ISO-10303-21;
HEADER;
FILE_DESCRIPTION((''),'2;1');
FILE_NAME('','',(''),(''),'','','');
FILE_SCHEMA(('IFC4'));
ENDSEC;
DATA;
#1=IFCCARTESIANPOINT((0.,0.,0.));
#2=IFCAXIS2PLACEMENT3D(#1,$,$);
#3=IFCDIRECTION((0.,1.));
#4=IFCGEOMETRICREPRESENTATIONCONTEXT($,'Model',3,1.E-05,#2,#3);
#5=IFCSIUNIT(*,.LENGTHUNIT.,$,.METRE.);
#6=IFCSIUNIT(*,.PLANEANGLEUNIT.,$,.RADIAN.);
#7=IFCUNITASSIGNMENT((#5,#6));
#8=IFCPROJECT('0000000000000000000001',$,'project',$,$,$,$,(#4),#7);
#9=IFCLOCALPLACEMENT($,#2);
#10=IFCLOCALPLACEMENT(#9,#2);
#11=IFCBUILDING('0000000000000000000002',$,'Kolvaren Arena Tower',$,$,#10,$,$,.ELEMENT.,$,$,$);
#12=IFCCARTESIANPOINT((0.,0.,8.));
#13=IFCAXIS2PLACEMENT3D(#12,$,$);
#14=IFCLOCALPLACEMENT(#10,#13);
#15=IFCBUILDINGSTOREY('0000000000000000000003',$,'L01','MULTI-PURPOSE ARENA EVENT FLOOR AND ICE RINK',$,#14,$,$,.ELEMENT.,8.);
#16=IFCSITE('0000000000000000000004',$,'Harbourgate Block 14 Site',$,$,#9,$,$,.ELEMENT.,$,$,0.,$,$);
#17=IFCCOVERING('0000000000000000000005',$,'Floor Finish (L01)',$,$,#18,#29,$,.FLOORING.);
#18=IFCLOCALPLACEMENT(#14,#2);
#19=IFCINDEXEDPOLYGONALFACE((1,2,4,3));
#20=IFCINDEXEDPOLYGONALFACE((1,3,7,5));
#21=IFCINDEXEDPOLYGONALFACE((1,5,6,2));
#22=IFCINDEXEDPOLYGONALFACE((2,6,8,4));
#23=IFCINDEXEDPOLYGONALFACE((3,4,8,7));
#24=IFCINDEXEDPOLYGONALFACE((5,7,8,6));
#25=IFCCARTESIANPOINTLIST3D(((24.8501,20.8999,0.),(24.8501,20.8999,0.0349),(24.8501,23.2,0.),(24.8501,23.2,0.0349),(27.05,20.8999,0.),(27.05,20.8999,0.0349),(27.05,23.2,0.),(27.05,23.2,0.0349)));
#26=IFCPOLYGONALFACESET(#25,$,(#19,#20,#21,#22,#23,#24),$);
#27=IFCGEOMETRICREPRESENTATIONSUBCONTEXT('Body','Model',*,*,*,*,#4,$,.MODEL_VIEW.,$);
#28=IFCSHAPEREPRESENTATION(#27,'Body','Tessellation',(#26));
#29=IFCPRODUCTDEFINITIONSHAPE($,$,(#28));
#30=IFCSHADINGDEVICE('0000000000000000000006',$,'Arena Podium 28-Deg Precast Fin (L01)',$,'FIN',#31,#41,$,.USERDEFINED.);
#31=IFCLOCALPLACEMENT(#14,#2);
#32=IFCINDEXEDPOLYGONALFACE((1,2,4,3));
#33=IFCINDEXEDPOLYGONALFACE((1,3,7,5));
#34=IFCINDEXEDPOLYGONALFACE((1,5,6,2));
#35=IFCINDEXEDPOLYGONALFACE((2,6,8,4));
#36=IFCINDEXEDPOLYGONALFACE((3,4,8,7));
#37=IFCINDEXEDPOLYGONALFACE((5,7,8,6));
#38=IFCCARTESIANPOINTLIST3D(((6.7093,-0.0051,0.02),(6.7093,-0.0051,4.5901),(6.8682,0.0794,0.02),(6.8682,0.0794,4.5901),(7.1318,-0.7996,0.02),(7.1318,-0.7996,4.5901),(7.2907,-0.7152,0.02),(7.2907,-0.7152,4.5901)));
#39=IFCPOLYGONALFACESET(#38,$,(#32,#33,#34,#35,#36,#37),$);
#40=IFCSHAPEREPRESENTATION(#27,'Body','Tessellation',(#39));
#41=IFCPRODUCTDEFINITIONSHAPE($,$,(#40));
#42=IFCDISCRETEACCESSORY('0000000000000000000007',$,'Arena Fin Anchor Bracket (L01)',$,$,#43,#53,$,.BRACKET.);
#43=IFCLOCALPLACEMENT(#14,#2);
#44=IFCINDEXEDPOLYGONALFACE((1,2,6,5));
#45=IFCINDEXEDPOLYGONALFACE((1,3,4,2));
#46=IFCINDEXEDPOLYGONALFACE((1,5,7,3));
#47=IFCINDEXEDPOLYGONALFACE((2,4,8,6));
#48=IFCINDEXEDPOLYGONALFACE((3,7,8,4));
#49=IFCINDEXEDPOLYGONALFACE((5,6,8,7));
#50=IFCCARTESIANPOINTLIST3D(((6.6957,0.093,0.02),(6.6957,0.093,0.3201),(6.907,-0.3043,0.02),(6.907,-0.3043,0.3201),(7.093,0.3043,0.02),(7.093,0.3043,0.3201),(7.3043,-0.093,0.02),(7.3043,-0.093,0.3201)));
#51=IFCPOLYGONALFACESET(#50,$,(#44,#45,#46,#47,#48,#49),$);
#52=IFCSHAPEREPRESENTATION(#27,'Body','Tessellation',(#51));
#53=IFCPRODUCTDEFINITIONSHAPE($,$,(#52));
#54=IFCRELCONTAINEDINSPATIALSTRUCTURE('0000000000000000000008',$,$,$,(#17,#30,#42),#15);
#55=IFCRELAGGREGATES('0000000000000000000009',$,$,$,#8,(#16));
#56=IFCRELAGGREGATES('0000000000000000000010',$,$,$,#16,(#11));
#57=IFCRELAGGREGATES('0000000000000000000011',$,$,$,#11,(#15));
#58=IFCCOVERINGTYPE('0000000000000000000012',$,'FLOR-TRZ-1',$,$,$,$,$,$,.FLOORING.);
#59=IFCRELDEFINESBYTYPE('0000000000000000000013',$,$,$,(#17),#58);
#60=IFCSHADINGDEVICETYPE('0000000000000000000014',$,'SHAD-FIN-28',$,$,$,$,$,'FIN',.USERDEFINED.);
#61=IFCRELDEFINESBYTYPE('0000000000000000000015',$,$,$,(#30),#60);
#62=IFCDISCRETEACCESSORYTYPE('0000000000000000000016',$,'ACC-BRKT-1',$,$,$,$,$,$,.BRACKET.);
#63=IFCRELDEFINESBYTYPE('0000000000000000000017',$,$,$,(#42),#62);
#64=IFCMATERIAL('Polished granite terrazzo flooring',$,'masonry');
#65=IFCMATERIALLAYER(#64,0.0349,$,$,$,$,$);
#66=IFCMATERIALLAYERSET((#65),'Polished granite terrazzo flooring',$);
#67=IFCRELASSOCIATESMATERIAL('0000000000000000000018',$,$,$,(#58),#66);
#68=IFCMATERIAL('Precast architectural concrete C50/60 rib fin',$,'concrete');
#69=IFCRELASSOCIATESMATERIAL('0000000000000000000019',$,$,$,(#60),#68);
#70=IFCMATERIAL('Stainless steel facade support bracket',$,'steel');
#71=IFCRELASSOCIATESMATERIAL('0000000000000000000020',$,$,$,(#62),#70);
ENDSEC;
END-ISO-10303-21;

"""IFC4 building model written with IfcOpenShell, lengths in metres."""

from ifc_helpers import new_model, si_unit, direction, frame, origin, origin_2d, place, context, subcontext, project, spatial, polyline, rectangle, outline, extrude, material, layer, layer_set, type_object, element, save


model = new_model("IFC4")

# Units and contexts
model_context = context("Model", 3, precision=1e-05, world=origin(), true_north=direction((0.0, 1.0)))
body_context = subcontext(model_context, "Body", "Model", "MODEL_VIEW")
ifc_project = project(units=[si_unit("LENGTHUNIT", "METRE"), si_unit("PLANEANGLEUNIT", "RADIAN")], contexts=[model_context])

# Site, building, storey
site_placement = place(None, origin())
site = spatial("IfcSite", under=ifc_project, at=site_placement, Name="Harbourgate Block 14 Site", CompositionType="ELEMENT", RefElevation=0.0)
building_placement = place(site_placement, origin())
building = spatial("IfcBuilding", under=site, at=building_placement, Name="Kolvaren Arena Tower", CompositionType="ELEMENT")
storey_placement = place(building_placement, frame((0.0, 0.0, 8.0)))
storey = spatial("IfcBuildingStorey", under=building, at=storey_placement, Name="L01", Description="MULTI-PURPOSE ARENA EVENT FLOOR AND ICE RINK", CompositionType="ELEMENT", Elevation=8.0)

# Covering
ifc_material_1 = material(Name="Polished granite terrazzo flooring", Category="masonry")
ifc_layer_1 = layer(ifc_material_1, 0.0349)
ifc_layer_set_1 = layer_set([ifc_layer_1], Name="Polished granite terrazzo flooring")
covering_type_1 = type_object("IfcCoveringType", Name="FLOR-TRZ-1", PredefinedType="FLOORING", material=ifc_layer_set_1)
covering_1_placement = place(storey_placement, origin())
element("IfcCovering", 1, at=covering_1_placement, inside=storey, type_object=covering_type_1, Name="Floor Finish (L01)", PredefinedType="FLOORING", context=body_context, shape_type="SweptSolid", body=[
    extrude(outline(polyline([(24.8501, 20.8999), (24.8501, 23.2), (27.05, 23.2), (27.05, 20.8999), (24.8501, 20.8999)])), origin(), (0.0, 0.0, 1.0), 0.0349),
])

# Shading device
ifc_material_2 = material(Name="Precast architectural concrete C50/60 rib fin", Category="concrete")
shading_device_type = type_object("IfcShadingDeviceType", Name="SHAD-FIN-28", ElementType="FIN", PredefinedType="USERDEFINED", material=ifc_material_2)
shading_device_placement = place(storey_placement, frame((7.0, -0.3601, 0.02), z_axis=(0.0, 0.0, 1.0), x_axis=(0.469472, -0.882948, 0.0)))
element("IfcShadingDevice", 2, at=shading_device_placement, inside=storey, type_object=shading_device_type, Name="Arena Podium 28-Deg Precast Fin (L01)", ObjectType="FIN", PredefinedType="USERDEFINED", context=body_context, shape_type="SweptSolid", body=[
    extrude(rectangle(XDim=0.8999, YDim=0.1799, at=origin_2d()), origin(), (0.0, 0.0, 1.0), 4.5701),
])

# Discrete accessory
ifc_material_3 = material(Name="Stainless steel facade support bracket", Category="steel")
discrete_accessory_type = type_object("IfcDiscreteAccessoryType", Name="ACC-BRKT-1", PredefinedType="BRACKET", material=ifc_material_3)
discrete_accessory_placement = place(storey_placement, frame((7.0, 0.0, 0.02), z_axis=(0.0, 0.0, 1.0), x_axis=(0.469472, -0.882948, 0.0)))
element("IfcDiscreteAccessory", 3, at=discrete_accessory_placement, inside=storey, type_object=discrete_accessory_type, Name="Arena Fin Anchor Bracket (L01)", PredefinedType="BRACKET", context=body_context, shape_type="SweptSolid", body=[
    extrude(rectangle(XDim=0.45, YDim=0.45, at=origin_2d()), origin(), (0.0, 0.0, 1.0), 0.3),
])

save(model, "model.ifc")
